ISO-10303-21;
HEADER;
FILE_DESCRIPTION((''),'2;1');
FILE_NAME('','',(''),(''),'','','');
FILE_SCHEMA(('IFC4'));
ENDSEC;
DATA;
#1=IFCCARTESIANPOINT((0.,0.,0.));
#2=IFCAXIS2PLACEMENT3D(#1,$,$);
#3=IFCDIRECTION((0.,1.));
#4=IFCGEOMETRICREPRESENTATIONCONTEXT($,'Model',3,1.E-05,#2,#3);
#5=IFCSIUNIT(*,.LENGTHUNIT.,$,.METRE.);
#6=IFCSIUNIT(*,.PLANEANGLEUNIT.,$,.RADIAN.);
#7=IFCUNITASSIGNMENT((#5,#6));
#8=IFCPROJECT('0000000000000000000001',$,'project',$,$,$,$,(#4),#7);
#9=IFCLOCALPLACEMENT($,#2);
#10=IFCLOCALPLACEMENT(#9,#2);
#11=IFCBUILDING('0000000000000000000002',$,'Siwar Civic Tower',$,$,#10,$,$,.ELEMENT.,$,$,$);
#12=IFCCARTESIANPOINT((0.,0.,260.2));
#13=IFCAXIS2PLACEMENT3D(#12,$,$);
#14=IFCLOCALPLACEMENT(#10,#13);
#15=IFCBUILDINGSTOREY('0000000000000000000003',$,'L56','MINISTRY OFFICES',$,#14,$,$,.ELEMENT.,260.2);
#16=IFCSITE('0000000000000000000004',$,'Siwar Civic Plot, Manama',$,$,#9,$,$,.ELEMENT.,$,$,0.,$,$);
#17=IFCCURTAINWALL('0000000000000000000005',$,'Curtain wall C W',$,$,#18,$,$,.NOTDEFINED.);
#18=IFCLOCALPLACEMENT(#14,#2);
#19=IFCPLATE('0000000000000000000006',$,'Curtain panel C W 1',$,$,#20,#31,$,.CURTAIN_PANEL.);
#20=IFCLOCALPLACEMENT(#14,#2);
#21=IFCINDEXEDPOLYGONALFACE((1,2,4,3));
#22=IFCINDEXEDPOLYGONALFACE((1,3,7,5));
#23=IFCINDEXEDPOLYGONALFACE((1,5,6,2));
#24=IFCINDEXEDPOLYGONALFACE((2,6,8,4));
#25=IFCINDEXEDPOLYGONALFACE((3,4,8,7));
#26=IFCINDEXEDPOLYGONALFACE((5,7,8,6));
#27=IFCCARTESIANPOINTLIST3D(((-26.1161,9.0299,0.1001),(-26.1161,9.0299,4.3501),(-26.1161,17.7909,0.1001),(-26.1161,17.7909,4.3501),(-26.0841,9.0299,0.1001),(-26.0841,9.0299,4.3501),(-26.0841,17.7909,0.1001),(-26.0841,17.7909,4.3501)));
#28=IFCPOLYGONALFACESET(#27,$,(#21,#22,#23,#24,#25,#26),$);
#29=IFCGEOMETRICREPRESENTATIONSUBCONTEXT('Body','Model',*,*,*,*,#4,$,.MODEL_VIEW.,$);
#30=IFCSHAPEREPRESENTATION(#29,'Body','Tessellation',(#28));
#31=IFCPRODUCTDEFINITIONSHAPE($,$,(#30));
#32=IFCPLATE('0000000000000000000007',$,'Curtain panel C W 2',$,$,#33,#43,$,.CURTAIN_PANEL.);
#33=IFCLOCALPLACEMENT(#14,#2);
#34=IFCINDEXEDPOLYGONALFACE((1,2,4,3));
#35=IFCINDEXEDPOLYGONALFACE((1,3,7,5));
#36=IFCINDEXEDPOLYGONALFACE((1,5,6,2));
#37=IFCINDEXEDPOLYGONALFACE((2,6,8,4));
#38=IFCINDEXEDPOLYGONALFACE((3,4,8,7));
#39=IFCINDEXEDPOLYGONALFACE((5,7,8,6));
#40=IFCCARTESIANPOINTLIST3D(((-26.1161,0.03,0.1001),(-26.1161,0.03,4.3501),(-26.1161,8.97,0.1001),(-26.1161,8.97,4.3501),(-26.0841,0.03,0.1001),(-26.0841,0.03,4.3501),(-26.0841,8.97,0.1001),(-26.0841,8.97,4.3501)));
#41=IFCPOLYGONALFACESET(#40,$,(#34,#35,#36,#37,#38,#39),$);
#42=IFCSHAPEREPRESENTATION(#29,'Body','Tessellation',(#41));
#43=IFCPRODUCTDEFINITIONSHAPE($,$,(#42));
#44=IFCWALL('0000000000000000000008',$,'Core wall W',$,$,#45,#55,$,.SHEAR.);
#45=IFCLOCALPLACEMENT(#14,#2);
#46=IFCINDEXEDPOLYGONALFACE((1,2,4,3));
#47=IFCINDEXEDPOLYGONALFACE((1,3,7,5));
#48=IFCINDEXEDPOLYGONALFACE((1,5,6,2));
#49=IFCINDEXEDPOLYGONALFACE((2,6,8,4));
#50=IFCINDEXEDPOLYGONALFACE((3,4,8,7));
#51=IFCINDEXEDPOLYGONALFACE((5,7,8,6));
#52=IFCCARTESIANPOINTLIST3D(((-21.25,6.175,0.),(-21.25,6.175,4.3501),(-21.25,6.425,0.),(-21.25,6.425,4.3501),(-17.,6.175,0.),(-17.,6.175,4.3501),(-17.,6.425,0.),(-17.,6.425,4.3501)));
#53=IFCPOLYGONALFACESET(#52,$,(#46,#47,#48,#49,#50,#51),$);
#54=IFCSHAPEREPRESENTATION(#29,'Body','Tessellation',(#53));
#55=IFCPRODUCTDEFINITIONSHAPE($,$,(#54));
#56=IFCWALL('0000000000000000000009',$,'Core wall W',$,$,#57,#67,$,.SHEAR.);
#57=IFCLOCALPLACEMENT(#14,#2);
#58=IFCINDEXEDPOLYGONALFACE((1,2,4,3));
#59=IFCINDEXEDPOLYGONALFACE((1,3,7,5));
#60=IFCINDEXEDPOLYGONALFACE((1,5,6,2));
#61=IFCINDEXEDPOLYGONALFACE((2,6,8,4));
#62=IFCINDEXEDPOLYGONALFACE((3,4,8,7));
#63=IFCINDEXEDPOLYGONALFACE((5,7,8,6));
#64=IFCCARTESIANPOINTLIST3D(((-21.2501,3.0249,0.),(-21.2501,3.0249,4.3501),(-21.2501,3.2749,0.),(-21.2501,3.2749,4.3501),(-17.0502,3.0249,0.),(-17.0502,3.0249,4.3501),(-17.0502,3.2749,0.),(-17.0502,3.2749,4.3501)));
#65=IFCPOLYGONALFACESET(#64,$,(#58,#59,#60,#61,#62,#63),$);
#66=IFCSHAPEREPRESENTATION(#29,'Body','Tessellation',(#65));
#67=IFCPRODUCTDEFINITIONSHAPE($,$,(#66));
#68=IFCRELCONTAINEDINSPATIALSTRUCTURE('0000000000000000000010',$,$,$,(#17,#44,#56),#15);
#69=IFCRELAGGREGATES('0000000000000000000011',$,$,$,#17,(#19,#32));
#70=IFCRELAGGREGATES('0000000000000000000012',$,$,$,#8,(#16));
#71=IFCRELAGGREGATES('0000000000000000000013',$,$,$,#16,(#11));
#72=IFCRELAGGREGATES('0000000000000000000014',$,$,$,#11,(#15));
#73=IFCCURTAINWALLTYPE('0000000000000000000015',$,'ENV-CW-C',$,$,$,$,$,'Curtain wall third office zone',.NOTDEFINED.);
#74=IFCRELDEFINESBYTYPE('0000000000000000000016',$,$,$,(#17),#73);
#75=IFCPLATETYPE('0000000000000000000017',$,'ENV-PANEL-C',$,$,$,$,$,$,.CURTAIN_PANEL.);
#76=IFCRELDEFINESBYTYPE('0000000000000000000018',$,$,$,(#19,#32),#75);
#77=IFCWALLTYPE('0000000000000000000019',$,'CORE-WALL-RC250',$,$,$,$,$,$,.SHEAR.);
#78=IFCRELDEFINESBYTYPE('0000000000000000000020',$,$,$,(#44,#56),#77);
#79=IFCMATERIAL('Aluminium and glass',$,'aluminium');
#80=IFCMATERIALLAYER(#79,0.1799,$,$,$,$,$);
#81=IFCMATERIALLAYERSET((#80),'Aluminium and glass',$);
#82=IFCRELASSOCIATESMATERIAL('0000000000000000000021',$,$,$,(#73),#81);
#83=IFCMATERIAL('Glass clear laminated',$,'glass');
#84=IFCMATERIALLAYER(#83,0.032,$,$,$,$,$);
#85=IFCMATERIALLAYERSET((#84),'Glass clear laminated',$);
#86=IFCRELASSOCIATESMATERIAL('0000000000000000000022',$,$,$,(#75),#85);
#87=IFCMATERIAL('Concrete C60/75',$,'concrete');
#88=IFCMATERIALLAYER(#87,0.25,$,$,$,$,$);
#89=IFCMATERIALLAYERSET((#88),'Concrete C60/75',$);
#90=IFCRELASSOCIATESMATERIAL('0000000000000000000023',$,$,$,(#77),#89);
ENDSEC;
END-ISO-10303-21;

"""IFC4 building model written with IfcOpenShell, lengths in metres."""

from ifc_helpers import new_model, si_unit, direction, frame, frame_2d, origin, origin_2d, place, context, subcontext, project, spatial, rectangle, extrude, material, layer, layer_set, type_object, element, aggregate, save


model = new_model("IFC4")

# Units and contexts
model_context = context("Model", 3, precision=1e-05, world=origin(), true_north=direction((0.0, 1.0)))
body_context = subcontext(model_context, "Body", "Model", "MODEL_VIEW")
ifc_project = project(units=[si_unit("LENGTHUNIT", "METRE"), si_unit("PLANEANGLEUNIT", "RADIAN")], contexts=[model_context])

# Site, building, storey
site_placement = place(None, origin())
site = spatial("IfcSite", under=ifc_project, at=site_placement, Name="Siwar Civic Plot, Manama", CompositionType="ELEMENT", RefElevation=0.0)
building_placement = place(site_placement, origin())
building = spatial("IfcBuilding", under=site, at=building_placement, Name="Siwar Civic Tower", CompositionType="ELEMENT")
storey_placement = place(building_placement, frame((0.0, 0.0, 260.2)))
storey = spatial("IfcBuildingStorey", under=building, at=storey_placement, Name="L56", Description="MINISTRY OFFICES", CompositionType="ELEMENT", Elevation=260.2)

# Curtain wall
ifc_material_1 = material(Name="Aluminium and glass", Category="aluminium")
ifc_layer_1 = layer(ifc_material_1, 0.1799)
ifc_layer_set_1 = layer_set([ifc_layer_1], Name="Aluminium and glass")
curtain_wall_type = type_object("IfcCurtainWallType", Name="ENV-CW-C", ElementType="Curtain wall third office zone", PredefinedType="NOTDEFINED", material=ifc_layer_set_1)
curtain_wall_placement = place(storey_placement, origin())
curtain_wall = element("IfcCurtainWall", 1, at=curtain_wall_placement, inside=storey, type_object=curtain_wall_type, Name="Curtain wall C W", PredefinedType="NOTDEFINED")

# Plates
ifc_material_2 = material(Name="Glass clear laminated", Category="glass")
ifc_layer_2 = layer(ifc_material_2, 0.032)
ifc_layer_set_2 = layer_set([ifc_layer_2], Name="Glass clear laminated")
plate_type = type_object("IfcPlateType", Name="ENV-PANEL-C", PredefinedType="CURTAIN_PANEL", material=ifc_layer_set_2)
plate_1_placement = place(storey_placement, frame((-26.1001, 13.4104, 0.1001), z_axis=(0.0, 0.0, 1.0), x_axis=(0.0, -1.0, 0.0)))
plate_1 = element("IfcPlate", 2, at=plate_1_placement, type_object=plate_type, Name="Curtain panel C W 1", PredefinedType="CURTAIN_PANEL", context=body_context, shape_type="SweptSolid", body=[
    extrude(rectangle(XDim=8.761, YDim=0.032, at=origin_2d()), origin(), (0.0, 0.0, 1.0), 4.25),
])
plate_2_placement = place(storey_placement, frame((-26.1001, 4.5, 0.1001), z_axis=(0.0, 0.0, 1.0), x_axis=(0.0, -1.0, 0.0)))
plate_2 = element("IfcPlate", 3, at=plate_2_placement, type_object=plate_type, Name="Curtain panel C W 2", PredefinedType="CURTAIN_PANEL", context=body_context, shape_type="SweptSolid", body=[
    extrude(rectangle(XDim=8.9399, YDim=0.032, at=origin_2d()), origin(), (0.0, 0.0, 1.0), 4.25),
])
aggregate(curtain_wall, [plate_1, plate_2])

# Walls
ifc_material_3 = material(Name="Concrete C60/75", Category="concrete")
ifc_layer_3 = layer(ifc_material_3, 0.25)
ifc_layer_set_3 = layer_set([ifc_layer_3], Name="Concrete C60/75")
wall_type_1 = type_object("IfcWallType", Name="CORE-WALL-RC250", PredefinedType="SHEAR", material=ifc_layer_set_3)
wall_1_placement = place(storey_placement, frame((-17.0, 6.3, 0.0), z_axis=(0.0, 0.0, 1.0), x_axis=(-1.0, 0.0, 0.0)))
element("IfcWall", 4, at=wall_1_placement, inside=storey, type_object=wall_type_1, Name="Core wall W", PredefinedType="SHEAR", context=body_context, shape_type="SweptSolid", body=[
    extrude(rectangle(XDim=4.25, YDim=0.25, at=frame_2d((2.125, 0.0))), origin(), (0.0, 0.0, 1.0), 4.3501),
])
wall_2_placement = place(storey_placement, frame((-17.05, 3.1499, 0.0), z_axis=(0.0, 0.0, 1.0), x_axis=(-1.0, 0.0, 0.0)))
element("IfcWall", 5, at=wall_2_placement, inside=storey, type_object=wall_type_1, Name="Core wall W", PredefinedType="SHEAR", context=body_context, shape_type="SweptSolid", body=[
    extrude(rectangle(XDim=4.2, YDim=0.25, at=frame_2d((2.1001, 0.0))), origin(), (0.0, 0.0, 1.0), 4.3501),
])

save(model, "model.ifc")
